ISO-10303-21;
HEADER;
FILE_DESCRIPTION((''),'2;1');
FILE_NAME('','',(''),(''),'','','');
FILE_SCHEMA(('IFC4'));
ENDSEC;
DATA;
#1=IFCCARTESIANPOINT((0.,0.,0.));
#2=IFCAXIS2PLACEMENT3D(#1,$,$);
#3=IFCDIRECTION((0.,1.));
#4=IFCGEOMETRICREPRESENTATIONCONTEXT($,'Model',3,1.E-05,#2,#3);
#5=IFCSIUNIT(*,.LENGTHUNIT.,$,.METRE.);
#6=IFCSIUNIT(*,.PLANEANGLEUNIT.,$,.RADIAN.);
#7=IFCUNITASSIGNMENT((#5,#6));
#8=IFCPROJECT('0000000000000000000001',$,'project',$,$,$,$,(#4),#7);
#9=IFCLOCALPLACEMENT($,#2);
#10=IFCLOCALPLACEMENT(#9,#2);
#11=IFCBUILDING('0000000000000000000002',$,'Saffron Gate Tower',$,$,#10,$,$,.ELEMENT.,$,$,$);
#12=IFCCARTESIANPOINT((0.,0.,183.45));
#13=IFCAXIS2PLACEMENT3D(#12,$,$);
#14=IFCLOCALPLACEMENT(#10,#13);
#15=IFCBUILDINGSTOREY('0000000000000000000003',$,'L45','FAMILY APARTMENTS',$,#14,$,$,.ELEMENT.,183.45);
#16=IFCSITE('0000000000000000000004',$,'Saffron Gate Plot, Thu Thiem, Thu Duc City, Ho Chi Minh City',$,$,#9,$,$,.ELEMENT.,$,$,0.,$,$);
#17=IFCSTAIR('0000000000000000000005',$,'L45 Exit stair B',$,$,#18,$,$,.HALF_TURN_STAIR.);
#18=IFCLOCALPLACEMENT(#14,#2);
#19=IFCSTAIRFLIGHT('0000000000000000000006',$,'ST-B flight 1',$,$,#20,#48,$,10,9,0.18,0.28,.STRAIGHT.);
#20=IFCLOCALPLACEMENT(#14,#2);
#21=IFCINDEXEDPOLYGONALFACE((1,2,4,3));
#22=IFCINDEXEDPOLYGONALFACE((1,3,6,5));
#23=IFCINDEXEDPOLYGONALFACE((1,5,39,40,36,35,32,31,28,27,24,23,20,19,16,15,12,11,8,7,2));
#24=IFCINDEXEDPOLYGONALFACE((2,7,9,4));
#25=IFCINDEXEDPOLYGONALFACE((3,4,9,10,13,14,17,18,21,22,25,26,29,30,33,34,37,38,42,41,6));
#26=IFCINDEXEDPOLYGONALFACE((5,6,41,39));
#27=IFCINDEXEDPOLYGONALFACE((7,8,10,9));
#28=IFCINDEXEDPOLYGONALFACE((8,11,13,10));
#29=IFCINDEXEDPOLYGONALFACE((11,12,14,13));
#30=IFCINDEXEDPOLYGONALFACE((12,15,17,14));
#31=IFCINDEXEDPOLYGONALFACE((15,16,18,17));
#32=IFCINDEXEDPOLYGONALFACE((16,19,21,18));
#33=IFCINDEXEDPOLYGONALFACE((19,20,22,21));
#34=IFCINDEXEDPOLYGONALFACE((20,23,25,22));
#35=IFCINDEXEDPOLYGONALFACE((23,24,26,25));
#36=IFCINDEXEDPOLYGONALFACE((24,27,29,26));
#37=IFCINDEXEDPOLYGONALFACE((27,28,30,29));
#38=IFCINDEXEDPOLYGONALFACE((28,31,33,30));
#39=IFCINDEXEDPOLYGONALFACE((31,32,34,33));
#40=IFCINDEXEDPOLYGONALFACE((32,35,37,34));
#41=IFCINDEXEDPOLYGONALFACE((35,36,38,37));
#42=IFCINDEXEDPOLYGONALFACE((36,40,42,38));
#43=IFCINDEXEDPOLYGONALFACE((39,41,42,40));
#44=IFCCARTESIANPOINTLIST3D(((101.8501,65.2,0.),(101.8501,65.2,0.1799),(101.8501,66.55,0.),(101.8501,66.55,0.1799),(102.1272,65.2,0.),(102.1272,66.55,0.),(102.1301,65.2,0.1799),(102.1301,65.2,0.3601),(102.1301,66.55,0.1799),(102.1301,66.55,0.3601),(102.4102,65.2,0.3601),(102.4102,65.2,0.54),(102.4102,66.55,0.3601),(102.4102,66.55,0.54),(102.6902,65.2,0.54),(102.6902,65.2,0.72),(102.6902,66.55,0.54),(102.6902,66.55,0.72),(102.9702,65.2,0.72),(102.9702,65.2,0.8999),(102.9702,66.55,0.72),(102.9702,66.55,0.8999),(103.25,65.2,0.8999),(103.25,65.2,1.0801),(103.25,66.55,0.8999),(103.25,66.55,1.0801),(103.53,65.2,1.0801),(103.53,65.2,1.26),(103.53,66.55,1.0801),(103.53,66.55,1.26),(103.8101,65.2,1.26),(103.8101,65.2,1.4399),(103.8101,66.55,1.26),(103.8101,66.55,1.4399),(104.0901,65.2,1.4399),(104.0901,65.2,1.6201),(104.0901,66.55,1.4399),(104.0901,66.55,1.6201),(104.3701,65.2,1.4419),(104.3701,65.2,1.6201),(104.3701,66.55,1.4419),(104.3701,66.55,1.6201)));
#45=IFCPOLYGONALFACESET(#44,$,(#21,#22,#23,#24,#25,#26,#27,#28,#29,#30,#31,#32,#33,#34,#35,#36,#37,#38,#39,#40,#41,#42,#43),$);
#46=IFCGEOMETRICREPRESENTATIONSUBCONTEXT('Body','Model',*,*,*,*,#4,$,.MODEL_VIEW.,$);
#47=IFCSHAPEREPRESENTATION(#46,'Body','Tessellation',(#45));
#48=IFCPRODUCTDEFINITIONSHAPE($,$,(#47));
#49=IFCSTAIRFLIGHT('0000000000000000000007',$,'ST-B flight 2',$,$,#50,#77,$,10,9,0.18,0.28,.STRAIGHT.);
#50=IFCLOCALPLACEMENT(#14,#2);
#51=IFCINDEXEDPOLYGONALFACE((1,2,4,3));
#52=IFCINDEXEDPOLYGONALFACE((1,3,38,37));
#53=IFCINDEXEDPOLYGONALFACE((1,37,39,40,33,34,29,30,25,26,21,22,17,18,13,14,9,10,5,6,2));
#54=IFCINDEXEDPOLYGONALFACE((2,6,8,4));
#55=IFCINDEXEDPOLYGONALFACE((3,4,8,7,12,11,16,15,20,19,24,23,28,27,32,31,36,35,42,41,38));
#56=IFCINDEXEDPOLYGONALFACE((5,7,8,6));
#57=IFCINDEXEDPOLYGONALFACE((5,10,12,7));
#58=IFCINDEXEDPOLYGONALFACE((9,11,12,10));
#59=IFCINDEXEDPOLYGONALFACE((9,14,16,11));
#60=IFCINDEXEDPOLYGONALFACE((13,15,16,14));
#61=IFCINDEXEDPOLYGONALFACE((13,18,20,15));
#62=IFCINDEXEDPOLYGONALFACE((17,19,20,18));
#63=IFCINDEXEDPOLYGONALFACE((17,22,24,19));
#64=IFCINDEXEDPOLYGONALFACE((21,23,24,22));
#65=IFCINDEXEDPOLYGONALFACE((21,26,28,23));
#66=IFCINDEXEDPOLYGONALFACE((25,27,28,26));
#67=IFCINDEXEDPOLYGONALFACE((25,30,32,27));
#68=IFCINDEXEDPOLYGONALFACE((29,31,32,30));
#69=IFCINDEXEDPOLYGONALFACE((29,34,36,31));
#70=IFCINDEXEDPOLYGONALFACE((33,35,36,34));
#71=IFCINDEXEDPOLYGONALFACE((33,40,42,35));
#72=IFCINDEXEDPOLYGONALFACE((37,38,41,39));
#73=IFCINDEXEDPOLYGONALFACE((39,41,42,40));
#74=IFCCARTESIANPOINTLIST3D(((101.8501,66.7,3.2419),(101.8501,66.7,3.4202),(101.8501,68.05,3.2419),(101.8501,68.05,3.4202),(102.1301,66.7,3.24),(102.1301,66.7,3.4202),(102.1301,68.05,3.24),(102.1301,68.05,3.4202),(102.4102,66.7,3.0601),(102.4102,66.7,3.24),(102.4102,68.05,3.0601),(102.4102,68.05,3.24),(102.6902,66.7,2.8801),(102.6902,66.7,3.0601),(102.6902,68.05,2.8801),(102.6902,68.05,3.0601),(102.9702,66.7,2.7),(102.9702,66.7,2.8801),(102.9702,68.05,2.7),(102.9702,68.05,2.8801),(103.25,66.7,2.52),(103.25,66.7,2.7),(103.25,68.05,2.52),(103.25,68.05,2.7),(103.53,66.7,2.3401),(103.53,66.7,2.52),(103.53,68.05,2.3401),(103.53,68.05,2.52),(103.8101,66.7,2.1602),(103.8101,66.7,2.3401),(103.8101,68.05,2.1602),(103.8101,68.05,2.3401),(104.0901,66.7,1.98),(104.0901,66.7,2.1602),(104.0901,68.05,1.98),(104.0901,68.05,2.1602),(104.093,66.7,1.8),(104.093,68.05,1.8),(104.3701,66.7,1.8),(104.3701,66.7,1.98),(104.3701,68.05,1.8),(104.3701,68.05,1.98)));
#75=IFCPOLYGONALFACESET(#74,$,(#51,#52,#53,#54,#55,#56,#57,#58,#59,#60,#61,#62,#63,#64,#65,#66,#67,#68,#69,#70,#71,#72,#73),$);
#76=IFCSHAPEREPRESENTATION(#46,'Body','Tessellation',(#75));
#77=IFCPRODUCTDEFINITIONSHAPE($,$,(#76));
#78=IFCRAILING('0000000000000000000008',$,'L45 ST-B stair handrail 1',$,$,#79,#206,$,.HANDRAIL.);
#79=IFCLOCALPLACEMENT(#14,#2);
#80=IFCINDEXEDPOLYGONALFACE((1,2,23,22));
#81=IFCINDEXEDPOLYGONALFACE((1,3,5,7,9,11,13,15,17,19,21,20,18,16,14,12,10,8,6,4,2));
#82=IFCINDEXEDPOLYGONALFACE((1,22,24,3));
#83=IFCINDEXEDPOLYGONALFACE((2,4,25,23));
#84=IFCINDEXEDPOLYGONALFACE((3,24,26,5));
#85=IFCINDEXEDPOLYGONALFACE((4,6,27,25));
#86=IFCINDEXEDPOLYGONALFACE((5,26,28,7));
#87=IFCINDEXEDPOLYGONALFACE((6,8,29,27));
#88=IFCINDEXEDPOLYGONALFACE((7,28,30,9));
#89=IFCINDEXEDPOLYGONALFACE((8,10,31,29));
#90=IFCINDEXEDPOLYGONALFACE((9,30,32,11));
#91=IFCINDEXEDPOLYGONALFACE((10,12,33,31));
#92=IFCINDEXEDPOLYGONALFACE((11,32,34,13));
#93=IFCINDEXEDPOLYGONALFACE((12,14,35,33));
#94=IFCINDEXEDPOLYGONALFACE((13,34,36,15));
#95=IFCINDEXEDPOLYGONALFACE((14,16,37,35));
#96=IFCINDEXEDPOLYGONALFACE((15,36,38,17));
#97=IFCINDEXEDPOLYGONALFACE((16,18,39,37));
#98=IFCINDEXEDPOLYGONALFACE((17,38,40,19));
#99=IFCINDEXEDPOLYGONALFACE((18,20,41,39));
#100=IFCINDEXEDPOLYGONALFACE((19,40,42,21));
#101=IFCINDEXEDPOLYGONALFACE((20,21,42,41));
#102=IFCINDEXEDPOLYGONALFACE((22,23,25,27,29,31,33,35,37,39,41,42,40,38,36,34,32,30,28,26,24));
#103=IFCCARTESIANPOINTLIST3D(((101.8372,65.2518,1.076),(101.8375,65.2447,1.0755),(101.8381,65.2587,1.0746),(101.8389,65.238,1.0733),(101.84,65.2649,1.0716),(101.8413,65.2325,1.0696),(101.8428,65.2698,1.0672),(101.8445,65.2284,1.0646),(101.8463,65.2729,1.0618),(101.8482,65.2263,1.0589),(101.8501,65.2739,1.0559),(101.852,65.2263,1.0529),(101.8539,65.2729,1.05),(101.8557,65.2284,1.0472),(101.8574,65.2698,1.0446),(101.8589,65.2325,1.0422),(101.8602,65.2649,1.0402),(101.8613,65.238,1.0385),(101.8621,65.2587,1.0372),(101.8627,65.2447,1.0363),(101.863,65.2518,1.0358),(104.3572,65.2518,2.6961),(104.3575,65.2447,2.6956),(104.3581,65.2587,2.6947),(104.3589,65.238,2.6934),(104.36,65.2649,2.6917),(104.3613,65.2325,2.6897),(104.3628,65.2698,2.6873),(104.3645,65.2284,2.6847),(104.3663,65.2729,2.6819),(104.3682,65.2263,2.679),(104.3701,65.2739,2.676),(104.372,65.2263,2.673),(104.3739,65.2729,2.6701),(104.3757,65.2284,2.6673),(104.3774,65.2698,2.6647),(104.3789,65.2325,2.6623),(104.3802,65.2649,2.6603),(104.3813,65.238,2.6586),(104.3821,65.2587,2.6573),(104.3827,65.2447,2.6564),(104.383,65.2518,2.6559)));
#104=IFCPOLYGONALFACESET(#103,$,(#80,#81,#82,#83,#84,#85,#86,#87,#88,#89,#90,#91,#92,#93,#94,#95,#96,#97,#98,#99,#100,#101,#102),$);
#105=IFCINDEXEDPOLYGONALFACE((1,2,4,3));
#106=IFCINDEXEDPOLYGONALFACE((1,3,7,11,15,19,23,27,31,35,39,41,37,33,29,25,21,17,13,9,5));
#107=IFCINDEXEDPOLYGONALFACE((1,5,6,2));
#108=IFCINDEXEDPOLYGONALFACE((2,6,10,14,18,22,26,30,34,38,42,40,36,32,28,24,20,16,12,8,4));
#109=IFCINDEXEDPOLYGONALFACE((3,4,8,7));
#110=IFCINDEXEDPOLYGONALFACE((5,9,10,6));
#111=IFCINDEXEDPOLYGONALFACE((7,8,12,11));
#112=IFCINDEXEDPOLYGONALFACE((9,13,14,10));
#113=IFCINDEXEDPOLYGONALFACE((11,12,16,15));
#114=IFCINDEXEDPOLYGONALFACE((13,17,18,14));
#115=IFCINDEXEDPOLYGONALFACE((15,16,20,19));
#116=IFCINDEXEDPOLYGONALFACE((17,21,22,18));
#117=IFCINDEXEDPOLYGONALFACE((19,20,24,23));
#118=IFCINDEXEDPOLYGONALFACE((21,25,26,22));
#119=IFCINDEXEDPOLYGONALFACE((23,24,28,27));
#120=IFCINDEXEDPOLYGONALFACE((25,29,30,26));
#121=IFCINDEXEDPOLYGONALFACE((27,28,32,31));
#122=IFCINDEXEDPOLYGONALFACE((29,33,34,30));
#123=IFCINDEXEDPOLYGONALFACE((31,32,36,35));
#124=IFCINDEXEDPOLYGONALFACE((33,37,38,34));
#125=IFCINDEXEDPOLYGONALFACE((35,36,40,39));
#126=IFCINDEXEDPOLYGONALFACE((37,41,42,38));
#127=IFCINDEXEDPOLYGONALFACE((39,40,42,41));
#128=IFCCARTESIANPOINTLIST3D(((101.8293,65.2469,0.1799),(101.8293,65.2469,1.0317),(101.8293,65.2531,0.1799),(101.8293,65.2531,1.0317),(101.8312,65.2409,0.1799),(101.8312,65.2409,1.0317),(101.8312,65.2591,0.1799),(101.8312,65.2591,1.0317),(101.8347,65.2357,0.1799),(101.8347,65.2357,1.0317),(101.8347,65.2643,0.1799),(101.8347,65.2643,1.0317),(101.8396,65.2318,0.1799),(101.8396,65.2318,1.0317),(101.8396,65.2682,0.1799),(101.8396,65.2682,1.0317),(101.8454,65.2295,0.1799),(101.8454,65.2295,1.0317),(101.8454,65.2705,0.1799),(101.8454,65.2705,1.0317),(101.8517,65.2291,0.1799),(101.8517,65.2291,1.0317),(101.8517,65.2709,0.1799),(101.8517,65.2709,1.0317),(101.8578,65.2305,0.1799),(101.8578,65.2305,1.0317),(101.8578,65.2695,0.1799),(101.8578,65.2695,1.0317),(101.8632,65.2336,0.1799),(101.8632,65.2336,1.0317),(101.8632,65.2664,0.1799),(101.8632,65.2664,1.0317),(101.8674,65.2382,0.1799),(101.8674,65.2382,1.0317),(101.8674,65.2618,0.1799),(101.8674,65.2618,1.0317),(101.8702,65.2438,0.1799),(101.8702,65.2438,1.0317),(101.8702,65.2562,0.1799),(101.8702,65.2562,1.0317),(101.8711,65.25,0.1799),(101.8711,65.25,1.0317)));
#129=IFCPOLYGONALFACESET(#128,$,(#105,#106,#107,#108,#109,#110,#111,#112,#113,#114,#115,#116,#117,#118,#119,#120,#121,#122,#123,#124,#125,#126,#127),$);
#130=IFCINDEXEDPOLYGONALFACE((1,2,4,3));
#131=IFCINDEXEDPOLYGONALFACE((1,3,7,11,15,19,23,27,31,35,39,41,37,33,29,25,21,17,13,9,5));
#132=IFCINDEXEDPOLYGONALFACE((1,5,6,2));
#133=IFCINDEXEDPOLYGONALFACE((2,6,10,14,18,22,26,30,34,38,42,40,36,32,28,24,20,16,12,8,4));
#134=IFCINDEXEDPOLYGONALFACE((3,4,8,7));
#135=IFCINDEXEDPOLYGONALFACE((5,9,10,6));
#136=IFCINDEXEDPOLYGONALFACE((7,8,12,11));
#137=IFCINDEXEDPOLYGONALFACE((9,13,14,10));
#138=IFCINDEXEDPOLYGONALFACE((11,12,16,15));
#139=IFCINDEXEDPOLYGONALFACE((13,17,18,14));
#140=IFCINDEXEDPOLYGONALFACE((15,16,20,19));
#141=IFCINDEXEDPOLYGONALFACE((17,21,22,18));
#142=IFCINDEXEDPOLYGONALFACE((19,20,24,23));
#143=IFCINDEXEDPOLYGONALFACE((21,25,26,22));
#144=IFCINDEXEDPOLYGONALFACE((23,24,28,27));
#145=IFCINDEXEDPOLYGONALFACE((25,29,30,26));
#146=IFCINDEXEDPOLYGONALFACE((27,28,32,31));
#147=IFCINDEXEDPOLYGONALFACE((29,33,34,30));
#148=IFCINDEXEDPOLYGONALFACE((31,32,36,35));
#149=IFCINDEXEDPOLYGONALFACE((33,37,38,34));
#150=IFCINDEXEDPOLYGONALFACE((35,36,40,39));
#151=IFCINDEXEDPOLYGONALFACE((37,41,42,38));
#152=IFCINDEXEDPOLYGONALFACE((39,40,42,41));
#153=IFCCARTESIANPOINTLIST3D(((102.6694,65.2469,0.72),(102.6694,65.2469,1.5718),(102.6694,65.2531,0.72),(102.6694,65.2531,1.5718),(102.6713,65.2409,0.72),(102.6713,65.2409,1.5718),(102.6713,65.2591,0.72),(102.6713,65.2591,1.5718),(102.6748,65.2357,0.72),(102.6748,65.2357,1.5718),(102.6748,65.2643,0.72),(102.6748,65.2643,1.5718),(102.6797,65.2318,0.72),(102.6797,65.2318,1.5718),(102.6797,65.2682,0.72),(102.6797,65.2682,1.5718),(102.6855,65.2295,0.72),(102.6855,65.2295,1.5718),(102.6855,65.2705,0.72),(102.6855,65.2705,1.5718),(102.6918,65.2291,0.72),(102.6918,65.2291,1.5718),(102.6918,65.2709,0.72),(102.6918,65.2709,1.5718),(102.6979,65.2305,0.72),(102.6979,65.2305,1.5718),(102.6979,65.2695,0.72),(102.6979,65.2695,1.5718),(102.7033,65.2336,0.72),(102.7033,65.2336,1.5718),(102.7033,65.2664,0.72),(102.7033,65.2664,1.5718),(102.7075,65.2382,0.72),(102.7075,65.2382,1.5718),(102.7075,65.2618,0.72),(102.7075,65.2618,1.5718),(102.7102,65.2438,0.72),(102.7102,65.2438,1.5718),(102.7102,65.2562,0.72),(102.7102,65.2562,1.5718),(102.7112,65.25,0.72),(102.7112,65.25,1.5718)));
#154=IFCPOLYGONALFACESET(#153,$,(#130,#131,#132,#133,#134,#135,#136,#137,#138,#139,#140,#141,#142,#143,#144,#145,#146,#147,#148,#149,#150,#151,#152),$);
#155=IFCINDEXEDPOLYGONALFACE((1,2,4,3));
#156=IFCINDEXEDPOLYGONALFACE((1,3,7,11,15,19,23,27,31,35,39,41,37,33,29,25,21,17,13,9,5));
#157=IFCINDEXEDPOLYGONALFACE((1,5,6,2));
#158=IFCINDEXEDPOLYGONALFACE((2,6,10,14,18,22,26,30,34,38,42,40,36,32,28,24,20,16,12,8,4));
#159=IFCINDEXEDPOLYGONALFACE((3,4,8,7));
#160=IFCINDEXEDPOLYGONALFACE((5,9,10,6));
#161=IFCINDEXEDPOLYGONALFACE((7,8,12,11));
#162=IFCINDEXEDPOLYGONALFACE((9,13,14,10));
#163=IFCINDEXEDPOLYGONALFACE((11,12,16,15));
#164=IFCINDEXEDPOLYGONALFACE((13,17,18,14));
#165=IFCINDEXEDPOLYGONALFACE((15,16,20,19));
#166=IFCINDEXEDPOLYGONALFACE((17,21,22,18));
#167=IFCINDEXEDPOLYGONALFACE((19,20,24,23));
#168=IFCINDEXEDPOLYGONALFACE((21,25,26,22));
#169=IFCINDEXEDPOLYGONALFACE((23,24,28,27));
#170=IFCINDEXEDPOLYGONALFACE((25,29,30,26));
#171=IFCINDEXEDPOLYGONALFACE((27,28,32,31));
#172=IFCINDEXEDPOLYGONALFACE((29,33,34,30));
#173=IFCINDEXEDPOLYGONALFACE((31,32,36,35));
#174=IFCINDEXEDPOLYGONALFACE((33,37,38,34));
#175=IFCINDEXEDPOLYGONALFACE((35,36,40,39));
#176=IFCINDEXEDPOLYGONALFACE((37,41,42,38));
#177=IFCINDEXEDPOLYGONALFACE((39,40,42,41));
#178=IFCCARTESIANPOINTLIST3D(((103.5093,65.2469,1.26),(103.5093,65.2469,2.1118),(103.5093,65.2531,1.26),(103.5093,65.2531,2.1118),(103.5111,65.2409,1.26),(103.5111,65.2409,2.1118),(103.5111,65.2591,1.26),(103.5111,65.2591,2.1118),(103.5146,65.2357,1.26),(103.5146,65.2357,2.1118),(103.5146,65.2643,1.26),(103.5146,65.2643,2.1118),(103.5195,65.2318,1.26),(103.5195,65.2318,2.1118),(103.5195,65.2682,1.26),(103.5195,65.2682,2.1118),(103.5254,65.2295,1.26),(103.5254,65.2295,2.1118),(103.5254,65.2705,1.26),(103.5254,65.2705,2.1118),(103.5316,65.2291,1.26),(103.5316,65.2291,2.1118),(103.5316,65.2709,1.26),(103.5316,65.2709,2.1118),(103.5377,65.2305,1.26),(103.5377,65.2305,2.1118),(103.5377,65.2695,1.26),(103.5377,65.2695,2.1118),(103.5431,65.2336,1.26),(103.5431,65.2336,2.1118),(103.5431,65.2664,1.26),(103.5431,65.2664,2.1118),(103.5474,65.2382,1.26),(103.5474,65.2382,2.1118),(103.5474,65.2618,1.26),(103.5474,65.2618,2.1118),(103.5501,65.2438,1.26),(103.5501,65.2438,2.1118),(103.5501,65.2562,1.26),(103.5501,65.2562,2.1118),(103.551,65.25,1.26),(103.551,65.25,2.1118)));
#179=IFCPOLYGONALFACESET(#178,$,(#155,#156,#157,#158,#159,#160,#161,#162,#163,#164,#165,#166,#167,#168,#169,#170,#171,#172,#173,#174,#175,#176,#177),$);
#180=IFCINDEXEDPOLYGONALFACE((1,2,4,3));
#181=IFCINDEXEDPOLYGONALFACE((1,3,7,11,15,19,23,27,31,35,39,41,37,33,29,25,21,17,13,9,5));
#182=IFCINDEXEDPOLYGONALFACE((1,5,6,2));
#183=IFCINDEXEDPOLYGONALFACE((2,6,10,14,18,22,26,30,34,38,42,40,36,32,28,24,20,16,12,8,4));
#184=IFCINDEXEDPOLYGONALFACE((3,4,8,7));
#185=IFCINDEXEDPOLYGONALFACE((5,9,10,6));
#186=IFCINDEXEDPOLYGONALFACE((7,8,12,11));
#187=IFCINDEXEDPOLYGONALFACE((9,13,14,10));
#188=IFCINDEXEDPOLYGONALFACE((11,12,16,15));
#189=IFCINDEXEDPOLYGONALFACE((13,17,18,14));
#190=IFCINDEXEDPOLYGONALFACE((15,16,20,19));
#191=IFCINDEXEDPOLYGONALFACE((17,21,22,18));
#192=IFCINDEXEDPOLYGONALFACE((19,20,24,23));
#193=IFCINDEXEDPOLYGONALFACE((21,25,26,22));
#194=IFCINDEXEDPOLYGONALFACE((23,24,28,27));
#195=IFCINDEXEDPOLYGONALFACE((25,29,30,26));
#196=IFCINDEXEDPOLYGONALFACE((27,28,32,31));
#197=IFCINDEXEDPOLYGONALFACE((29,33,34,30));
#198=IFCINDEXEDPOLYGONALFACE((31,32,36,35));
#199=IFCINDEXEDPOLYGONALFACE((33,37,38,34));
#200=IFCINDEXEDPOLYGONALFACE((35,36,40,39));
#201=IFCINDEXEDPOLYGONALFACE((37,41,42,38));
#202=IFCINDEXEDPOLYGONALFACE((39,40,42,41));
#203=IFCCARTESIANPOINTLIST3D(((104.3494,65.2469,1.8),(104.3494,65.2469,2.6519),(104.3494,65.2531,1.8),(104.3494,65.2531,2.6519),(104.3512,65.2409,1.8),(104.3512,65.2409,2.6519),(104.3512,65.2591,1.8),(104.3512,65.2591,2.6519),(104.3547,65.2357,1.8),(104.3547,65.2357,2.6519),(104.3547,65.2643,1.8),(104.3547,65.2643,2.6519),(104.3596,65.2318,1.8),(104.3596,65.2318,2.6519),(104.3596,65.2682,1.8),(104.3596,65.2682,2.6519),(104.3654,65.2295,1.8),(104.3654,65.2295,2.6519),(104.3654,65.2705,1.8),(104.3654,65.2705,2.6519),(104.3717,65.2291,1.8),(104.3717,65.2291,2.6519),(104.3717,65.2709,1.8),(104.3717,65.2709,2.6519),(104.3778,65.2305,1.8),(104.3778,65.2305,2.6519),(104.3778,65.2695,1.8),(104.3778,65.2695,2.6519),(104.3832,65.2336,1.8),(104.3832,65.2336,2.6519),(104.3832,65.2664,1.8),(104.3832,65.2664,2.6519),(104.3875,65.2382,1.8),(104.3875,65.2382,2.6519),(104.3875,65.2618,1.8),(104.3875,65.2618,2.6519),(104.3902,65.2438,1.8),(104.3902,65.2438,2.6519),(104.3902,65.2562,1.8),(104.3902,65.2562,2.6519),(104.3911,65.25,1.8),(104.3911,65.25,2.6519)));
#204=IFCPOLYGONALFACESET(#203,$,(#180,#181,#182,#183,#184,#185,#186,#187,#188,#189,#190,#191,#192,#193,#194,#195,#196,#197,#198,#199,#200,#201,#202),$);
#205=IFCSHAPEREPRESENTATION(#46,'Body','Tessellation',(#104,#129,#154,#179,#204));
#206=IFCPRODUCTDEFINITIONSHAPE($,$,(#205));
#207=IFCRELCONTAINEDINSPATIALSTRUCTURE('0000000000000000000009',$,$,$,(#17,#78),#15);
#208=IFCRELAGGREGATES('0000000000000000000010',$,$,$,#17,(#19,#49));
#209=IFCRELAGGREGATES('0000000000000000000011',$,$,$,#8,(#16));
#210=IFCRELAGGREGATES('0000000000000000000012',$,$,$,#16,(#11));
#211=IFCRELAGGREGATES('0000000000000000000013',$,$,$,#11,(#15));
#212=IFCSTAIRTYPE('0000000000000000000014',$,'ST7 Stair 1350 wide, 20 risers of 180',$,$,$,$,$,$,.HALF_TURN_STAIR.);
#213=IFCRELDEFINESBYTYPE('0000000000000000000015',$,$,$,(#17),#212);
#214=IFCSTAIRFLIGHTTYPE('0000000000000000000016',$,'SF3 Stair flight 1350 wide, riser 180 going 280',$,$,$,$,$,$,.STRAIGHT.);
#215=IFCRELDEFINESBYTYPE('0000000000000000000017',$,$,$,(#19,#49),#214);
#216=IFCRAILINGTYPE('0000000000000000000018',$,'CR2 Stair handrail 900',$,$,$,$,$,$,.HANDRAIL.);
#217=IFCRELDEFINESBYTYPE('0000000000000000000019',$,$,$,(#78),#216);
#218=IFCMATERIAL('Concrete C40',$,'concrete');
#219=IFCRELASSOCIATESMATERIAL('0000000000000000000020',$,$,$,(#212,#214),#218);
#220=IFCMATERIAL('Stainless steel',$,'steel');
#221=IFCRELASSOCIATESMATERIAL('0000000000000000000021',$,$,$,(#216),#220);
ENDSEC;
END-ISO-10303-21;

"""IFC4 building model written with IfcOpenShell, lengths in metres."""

from ifc_helpers import new_model, si_unit, direction, frame, origin, origin_2d, place, context, subcontext, project, spatial, polyline, circle, outline, extrude, material, type_object, element, aggregate, save


model = new_model("IFC4")

# Units and contexts
model_context = context("Model", 3, precision=1e-05, world=origin(), true_north=direction((0.0, 1.0)))
body_context = subcontext(model_context, "Body", "Model", "MODEL_VIEW")
ifc_project = project(units=[si_unit("LENGTHUNIT", "METRE"), si_unit("PLANEANGLEUNIT", "RADIAN")], contexts=[model_context])

# Site, building, storey
site_placement = place(None, origin())
site = spatial("IfcSite", under=ifc_project, at=site_placement, Name="Saffron Gate Plot, Thu Thiem, Thu Duc City, Ho Chi Minh City", CompositionType="ELEMENT", RefElevation=0.0)
building_placement = place(site_placement, origin())
building = spatial("IfcBuilding", under=site, at=building_placement, Name="Saffron Gate Tower", CompositionType="ELEMENT")
storey_placement = place(building_placement, frame((0.0, 0.0, 183.45)))
storey = spatial("IfcBuildingStorey", under=building, at=storey_placement, Name="L45", Description="FAMILY APARTMENTS", CompositionType="ELEMENT", Elevation=183.45)

# Stair, stair flights
ifc_material_1 = material(Name="Concrete C40", Category="concrete")
stair_type = type_object("IfcStairType", Name="ST7 Stair 1350 wide, 20 risers of 180", PredefinedType="HALF_TURN_STAIR", material=ifc_material_1)
stair_placement = place(storey_placement, origin())
stair = element("IfcStair", 1, at=stair_placement, inside=storey, type_object=stair_type, Name="L45 Exit stair B", PredefinedType="HALF_TURN_STAIR")
stair_flight_type = type_object("IfcStairFlightType", Name="SF3 Stair flight 1350 wide, riser 180 going 280", PredefinedType="STRAIGHT", material=ifc_material_1)
stair_flight_1_placement = place(storey_placement, frame((101.8501, 65.875, 0.0), z_axis=(0.0, 0.0, 1.0), x_axis=(1.0, 0.0, 0.0)))
stair_flight_1 = element("IfcStairFlight", 2, at=stair_flight_1_placement, type_object=stair_flight_type, Name="ST-B flight 1", NumberOfRisers=10, NumberOfTreads=9, PredefinedType="STRAIGHT", RiserHeight=0.18, TreadLength=0.28, context=body_context, shape_type="SweptSolid", body=[
    extrude(outline(polyline([(0.0, 0.0), (0.0, 0.1799), (0.28, 0.1799), (0.28, 0.3601), (0.5601, 0.3601), (0.5601, 0.54), (0.8401, 0.54), (0.8401, 0.72), (1.1201, 0.72), (1.1201, 0.8999), (1.3999, 0.8999), (1.3999, 1.0801), (1.6799, 1.0801), (1.6799, 1.26), (1.96, 1.26), (1.96, 1.4399), (2.24, 1.4399), (2.24, 1.6201), (2.52, 1.6201), (2.52, 1.8), (2.52, 1.4419), (0.2771, 0.0), (0.0, 0.0)])), frame((0.0, 0.675, 0.0), z_axis=(0.0, -1.0, 0.0), x_axis=(1.0, 0.0, 0.0)), (0.0, 0.0, 1.0), 1.3501),
])
stair_flight_2_placement = place(storey_placement, frame((104.3701, 67.375, 1.8), z_axis=(0.0, 0.0, 1.0), x_axis=(-1.0, 0.0, 0.0)))
stair_flight_2 = element("IfcStairFlight", 3, at=stair_flight_2_placement, type_object=stair_flight_type, Name="ST-B flight 2", NumberOfRisers=10, NumberOfTreads=9, PredefinedType="STRAIGHT", RiserHeight=0.18, TreadLength=0.28, context=body_context, shape_type="SweptSolid", body=[
    extrude(outline(polyline([(0.0, 0.0), (0.0, 0.1799), (0.28, 0.1799), (0.28, 0.3601), (0.5601, 0.3601), (0.5601, 0.54), (0.8401, 0.54), (0.8401, 0.72), (1.1201, 0.72), (1.1201, 0.8999), (1.3999, 0.8999), (1.3999, 1.0801), (1.6799, 1.0801), (1.6799, 1.26), (1.96, 1.26), (1.96, 1.4399), (2.24, 1.4399), (2.24, 1.6201), (2.52, 1.6201), (2.52, 1.8), (2.52, 1.4419), (0.2771, 0.0), (0.0, 0.0)])), frame((0.0, 0.675, 0.0), z_axis=(0.0, -1.0, 0.0), x_axis=(1.0, 0.0, 0.0)), (0.0, 0.0, 1.0), 1.3501),
])
aggregate(stair, [stair_flight_1, stair_flight_2])

# Railing
ifc_material_2 = material(Name="Stainless steel", Category="steel")
railing_type_1 = type_object("IfcRailingType", Name="CR2 Stair handrail 900", PredefinedType="HANDRAIL", material=ifc_material_2)
railing_1_placement = place(storey_placement, frame((101.8501, 65.25, 0.1799)))
element("IfcRailing", 4, at=railing_1_placement, inside=storey, type_object=railing_type_1, Name="L45 ST-B stair handrail 1", PredefinedType="HANDRAIL", context=body_context, shape_type="SweptSolid", body=[
    extrude(circle(Radius=0.0239, at=origin_2d()), frame((0.0, 0.0, 0.876), z_axis=(0.841163, 0.0, 0.540782), x_axis=(0.0, 1.0, 0.0)), (0.0, 0.0, 1.0), 2.9958),
    extrude(circle(Radius=0.021, at=origin_2d()), origin(), (0.0, 0.0, 1.0), 0.8518),
    extrude(circle(Radius=0.021, at=origin_2d()), frame((0.8401, 0.0, 0.54)), (0.0, 0.0, 1.0), 0.8518),
    extrude(circle(Radius=0.021, at=origin_2d()), frame((1.6799, 0.0, 1.0801)), (0.0, 0.0, 1.0), 0.8518),
    extrude(circle(Radius=0.021, at=origin_2d()), frame((2.52, 0.0, 1.6201)), (0.0, 0.0, 1.0), 0.8518),
])

save(model, "model.ifc")
